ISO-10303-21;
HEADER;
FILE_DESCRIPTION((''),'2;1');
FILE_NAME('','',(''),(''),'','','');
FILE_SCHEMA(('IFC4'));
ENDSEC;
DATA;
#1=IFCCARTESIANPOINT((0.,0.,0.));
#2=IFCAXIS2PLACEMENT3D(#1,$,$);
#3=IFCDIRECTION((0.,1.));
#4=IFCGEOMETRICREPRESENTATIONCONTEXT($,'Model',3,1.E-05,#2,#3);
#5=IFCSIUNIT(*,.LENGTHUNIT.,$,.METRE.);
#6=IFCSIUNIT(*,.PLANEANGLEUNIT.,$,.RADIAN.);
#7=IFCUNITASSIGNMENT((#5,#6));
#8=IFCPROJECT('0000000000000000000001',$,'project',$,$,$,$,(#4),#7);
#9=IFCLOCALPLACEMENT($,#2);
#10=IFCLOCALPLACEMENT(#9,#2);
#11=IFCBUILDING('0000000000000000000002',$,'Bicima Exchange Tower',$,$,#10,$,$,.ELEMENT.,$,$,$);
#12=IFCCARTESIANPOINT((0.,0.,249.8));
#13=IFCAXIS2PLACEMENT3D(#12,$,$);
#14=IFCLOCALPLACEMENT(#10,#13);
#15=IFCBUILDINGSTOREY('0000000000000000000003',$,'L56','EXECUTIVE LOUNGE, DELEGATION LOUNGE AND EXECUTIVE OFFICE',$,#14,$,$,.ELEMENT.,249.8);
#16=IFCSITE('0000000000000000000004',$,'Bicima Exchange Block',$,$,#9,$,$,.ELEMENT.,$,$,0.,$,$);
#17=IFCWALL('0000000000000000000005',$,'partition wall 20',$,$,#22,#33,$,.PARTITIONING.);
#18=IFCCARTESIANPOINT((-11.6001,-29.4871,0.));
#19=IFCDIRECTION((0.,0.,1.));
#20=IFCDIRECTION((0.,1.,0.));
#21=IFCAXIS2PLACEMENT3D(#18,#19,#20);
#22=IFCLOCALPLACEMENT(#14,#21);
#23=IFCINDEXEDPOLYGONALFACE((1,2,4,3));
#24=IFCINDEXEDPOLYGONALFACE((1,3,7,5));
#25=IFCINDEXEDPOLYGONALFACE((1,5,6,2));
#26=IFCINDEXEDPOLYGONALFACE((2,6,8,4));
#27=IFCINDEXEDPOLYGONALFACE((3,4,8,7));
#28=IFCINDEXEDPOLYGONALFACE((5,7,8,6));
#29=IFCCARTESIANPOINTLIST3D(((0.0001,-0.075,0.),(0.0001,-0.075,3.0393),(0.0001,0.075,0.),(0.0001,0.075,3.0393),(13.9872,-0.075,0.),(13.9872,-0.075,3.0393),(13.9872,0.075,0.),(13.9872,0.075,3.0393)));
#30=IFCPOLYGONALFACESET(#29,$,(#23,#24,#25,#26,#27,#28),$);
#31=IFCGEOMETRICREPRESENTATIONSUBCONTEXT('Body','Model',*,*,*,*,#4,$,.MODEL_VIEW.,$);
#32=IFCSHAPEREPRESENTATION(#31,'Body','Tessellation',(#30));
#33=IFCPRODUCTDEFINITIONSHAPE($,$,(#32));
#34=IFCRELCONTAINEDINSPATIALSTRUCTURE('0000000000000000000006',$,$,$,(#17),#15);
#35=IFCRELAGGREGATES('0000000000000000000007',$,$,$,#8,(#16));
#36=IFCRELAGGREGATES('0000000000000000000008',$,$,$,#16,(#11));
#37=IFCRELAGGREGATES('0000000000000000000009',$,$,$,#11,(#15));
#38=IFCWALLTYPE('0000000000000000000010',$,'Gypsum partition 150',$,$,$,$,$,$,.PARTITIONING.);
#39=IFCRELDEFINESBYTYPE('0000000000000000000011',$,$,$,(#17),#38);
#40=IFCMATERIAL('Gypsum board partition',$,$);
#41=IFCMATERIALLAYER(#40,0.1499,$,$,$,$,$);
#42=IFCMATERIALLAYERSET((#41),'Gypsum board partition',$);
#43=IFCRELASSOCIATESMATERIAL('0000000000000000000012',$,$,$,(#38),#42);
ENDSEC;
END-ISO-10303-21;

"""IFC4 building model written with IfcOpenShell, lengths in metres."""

from ifc_helpers import new_model, si_unit, direction, frame, frame_2d, origin, place, context, subcontext, project, spatial, rectangle, extrude, material, layer, layer_set, type_object, element, save


model = new_model("IFC4")

# Units and contexts
model_context = context("Model", 3, precision=1e-05, world=origin(), true_north=direction((0.0, 1.0)))
body_context = subcontext(model_context, "Body", "Model", "MODEL_VIEW")
ifc_project = project(units=[si_unit("LENGTHUNIT", "METRE"), si_unit("PLANEANGLEUNIT", "RADIAN")], contexts=[model_context])

# Site, building, storey
site_placement = place(None, origin())
site = spatial("IfcSite", under=ifc_project, at=site_placement, Name="Bicima Exchange Block", CompositionType="ELEMENT", RefElevation=0.0)
building_placement = place(site_placement, origin())
building = spatial("IfcBuilding", under=site, at=building_placement, Name="Bicima Exchange Tower", CompositionType="ELEMENT")
storey_placement = place(building_placement, frame((0.0, 0.0, 249.8)))
storey = spatial("IfcBuildingStorey", under=building, at=storey_placement, Name="L56", Description="EXECUTIVE LOUNGE, DELEGATION LOUNGE AND EXECUTIVE OFFICE", CompositionType="ELEMENT", Elevation=249.8)

# Wall
ifc_material_1 = material(Name="Gypsum board partition")
ifc_layer_1 = layer(ifc_material_1, 0.1499)
ifc_layer_set_1 = layer_set([ifc_layer_1], Name="Gypsum board partition")
wall_type = type_object("IfcWallType", Name="Gypsum partition 150", PredefinedType="PARTITIONING", material=ifc_layer_set_1)
wall_1_placement = place(storey_placement, frame((-11.6001, -29.4871, 0.0), z_axis=(0.0, 0.0, 1.0), x_axis=(0.0, 1.0, 0.0)))
element("IfcWall", 1, at=wall_1_placement, inside=storey, type_object=wall_type, Name="partition wall 20", PredefinedType="PARTITIONING", context=body_context, shape_type="SweptSolid", body=[
    extrude(rectangle(XDim=13.9871, YDim=0.1499, at=frame_2d((6.9937, 0.0))), origin(), (0.0, 0.0, 1.0), 3.0393),
])

save(model, "model.ifc")
